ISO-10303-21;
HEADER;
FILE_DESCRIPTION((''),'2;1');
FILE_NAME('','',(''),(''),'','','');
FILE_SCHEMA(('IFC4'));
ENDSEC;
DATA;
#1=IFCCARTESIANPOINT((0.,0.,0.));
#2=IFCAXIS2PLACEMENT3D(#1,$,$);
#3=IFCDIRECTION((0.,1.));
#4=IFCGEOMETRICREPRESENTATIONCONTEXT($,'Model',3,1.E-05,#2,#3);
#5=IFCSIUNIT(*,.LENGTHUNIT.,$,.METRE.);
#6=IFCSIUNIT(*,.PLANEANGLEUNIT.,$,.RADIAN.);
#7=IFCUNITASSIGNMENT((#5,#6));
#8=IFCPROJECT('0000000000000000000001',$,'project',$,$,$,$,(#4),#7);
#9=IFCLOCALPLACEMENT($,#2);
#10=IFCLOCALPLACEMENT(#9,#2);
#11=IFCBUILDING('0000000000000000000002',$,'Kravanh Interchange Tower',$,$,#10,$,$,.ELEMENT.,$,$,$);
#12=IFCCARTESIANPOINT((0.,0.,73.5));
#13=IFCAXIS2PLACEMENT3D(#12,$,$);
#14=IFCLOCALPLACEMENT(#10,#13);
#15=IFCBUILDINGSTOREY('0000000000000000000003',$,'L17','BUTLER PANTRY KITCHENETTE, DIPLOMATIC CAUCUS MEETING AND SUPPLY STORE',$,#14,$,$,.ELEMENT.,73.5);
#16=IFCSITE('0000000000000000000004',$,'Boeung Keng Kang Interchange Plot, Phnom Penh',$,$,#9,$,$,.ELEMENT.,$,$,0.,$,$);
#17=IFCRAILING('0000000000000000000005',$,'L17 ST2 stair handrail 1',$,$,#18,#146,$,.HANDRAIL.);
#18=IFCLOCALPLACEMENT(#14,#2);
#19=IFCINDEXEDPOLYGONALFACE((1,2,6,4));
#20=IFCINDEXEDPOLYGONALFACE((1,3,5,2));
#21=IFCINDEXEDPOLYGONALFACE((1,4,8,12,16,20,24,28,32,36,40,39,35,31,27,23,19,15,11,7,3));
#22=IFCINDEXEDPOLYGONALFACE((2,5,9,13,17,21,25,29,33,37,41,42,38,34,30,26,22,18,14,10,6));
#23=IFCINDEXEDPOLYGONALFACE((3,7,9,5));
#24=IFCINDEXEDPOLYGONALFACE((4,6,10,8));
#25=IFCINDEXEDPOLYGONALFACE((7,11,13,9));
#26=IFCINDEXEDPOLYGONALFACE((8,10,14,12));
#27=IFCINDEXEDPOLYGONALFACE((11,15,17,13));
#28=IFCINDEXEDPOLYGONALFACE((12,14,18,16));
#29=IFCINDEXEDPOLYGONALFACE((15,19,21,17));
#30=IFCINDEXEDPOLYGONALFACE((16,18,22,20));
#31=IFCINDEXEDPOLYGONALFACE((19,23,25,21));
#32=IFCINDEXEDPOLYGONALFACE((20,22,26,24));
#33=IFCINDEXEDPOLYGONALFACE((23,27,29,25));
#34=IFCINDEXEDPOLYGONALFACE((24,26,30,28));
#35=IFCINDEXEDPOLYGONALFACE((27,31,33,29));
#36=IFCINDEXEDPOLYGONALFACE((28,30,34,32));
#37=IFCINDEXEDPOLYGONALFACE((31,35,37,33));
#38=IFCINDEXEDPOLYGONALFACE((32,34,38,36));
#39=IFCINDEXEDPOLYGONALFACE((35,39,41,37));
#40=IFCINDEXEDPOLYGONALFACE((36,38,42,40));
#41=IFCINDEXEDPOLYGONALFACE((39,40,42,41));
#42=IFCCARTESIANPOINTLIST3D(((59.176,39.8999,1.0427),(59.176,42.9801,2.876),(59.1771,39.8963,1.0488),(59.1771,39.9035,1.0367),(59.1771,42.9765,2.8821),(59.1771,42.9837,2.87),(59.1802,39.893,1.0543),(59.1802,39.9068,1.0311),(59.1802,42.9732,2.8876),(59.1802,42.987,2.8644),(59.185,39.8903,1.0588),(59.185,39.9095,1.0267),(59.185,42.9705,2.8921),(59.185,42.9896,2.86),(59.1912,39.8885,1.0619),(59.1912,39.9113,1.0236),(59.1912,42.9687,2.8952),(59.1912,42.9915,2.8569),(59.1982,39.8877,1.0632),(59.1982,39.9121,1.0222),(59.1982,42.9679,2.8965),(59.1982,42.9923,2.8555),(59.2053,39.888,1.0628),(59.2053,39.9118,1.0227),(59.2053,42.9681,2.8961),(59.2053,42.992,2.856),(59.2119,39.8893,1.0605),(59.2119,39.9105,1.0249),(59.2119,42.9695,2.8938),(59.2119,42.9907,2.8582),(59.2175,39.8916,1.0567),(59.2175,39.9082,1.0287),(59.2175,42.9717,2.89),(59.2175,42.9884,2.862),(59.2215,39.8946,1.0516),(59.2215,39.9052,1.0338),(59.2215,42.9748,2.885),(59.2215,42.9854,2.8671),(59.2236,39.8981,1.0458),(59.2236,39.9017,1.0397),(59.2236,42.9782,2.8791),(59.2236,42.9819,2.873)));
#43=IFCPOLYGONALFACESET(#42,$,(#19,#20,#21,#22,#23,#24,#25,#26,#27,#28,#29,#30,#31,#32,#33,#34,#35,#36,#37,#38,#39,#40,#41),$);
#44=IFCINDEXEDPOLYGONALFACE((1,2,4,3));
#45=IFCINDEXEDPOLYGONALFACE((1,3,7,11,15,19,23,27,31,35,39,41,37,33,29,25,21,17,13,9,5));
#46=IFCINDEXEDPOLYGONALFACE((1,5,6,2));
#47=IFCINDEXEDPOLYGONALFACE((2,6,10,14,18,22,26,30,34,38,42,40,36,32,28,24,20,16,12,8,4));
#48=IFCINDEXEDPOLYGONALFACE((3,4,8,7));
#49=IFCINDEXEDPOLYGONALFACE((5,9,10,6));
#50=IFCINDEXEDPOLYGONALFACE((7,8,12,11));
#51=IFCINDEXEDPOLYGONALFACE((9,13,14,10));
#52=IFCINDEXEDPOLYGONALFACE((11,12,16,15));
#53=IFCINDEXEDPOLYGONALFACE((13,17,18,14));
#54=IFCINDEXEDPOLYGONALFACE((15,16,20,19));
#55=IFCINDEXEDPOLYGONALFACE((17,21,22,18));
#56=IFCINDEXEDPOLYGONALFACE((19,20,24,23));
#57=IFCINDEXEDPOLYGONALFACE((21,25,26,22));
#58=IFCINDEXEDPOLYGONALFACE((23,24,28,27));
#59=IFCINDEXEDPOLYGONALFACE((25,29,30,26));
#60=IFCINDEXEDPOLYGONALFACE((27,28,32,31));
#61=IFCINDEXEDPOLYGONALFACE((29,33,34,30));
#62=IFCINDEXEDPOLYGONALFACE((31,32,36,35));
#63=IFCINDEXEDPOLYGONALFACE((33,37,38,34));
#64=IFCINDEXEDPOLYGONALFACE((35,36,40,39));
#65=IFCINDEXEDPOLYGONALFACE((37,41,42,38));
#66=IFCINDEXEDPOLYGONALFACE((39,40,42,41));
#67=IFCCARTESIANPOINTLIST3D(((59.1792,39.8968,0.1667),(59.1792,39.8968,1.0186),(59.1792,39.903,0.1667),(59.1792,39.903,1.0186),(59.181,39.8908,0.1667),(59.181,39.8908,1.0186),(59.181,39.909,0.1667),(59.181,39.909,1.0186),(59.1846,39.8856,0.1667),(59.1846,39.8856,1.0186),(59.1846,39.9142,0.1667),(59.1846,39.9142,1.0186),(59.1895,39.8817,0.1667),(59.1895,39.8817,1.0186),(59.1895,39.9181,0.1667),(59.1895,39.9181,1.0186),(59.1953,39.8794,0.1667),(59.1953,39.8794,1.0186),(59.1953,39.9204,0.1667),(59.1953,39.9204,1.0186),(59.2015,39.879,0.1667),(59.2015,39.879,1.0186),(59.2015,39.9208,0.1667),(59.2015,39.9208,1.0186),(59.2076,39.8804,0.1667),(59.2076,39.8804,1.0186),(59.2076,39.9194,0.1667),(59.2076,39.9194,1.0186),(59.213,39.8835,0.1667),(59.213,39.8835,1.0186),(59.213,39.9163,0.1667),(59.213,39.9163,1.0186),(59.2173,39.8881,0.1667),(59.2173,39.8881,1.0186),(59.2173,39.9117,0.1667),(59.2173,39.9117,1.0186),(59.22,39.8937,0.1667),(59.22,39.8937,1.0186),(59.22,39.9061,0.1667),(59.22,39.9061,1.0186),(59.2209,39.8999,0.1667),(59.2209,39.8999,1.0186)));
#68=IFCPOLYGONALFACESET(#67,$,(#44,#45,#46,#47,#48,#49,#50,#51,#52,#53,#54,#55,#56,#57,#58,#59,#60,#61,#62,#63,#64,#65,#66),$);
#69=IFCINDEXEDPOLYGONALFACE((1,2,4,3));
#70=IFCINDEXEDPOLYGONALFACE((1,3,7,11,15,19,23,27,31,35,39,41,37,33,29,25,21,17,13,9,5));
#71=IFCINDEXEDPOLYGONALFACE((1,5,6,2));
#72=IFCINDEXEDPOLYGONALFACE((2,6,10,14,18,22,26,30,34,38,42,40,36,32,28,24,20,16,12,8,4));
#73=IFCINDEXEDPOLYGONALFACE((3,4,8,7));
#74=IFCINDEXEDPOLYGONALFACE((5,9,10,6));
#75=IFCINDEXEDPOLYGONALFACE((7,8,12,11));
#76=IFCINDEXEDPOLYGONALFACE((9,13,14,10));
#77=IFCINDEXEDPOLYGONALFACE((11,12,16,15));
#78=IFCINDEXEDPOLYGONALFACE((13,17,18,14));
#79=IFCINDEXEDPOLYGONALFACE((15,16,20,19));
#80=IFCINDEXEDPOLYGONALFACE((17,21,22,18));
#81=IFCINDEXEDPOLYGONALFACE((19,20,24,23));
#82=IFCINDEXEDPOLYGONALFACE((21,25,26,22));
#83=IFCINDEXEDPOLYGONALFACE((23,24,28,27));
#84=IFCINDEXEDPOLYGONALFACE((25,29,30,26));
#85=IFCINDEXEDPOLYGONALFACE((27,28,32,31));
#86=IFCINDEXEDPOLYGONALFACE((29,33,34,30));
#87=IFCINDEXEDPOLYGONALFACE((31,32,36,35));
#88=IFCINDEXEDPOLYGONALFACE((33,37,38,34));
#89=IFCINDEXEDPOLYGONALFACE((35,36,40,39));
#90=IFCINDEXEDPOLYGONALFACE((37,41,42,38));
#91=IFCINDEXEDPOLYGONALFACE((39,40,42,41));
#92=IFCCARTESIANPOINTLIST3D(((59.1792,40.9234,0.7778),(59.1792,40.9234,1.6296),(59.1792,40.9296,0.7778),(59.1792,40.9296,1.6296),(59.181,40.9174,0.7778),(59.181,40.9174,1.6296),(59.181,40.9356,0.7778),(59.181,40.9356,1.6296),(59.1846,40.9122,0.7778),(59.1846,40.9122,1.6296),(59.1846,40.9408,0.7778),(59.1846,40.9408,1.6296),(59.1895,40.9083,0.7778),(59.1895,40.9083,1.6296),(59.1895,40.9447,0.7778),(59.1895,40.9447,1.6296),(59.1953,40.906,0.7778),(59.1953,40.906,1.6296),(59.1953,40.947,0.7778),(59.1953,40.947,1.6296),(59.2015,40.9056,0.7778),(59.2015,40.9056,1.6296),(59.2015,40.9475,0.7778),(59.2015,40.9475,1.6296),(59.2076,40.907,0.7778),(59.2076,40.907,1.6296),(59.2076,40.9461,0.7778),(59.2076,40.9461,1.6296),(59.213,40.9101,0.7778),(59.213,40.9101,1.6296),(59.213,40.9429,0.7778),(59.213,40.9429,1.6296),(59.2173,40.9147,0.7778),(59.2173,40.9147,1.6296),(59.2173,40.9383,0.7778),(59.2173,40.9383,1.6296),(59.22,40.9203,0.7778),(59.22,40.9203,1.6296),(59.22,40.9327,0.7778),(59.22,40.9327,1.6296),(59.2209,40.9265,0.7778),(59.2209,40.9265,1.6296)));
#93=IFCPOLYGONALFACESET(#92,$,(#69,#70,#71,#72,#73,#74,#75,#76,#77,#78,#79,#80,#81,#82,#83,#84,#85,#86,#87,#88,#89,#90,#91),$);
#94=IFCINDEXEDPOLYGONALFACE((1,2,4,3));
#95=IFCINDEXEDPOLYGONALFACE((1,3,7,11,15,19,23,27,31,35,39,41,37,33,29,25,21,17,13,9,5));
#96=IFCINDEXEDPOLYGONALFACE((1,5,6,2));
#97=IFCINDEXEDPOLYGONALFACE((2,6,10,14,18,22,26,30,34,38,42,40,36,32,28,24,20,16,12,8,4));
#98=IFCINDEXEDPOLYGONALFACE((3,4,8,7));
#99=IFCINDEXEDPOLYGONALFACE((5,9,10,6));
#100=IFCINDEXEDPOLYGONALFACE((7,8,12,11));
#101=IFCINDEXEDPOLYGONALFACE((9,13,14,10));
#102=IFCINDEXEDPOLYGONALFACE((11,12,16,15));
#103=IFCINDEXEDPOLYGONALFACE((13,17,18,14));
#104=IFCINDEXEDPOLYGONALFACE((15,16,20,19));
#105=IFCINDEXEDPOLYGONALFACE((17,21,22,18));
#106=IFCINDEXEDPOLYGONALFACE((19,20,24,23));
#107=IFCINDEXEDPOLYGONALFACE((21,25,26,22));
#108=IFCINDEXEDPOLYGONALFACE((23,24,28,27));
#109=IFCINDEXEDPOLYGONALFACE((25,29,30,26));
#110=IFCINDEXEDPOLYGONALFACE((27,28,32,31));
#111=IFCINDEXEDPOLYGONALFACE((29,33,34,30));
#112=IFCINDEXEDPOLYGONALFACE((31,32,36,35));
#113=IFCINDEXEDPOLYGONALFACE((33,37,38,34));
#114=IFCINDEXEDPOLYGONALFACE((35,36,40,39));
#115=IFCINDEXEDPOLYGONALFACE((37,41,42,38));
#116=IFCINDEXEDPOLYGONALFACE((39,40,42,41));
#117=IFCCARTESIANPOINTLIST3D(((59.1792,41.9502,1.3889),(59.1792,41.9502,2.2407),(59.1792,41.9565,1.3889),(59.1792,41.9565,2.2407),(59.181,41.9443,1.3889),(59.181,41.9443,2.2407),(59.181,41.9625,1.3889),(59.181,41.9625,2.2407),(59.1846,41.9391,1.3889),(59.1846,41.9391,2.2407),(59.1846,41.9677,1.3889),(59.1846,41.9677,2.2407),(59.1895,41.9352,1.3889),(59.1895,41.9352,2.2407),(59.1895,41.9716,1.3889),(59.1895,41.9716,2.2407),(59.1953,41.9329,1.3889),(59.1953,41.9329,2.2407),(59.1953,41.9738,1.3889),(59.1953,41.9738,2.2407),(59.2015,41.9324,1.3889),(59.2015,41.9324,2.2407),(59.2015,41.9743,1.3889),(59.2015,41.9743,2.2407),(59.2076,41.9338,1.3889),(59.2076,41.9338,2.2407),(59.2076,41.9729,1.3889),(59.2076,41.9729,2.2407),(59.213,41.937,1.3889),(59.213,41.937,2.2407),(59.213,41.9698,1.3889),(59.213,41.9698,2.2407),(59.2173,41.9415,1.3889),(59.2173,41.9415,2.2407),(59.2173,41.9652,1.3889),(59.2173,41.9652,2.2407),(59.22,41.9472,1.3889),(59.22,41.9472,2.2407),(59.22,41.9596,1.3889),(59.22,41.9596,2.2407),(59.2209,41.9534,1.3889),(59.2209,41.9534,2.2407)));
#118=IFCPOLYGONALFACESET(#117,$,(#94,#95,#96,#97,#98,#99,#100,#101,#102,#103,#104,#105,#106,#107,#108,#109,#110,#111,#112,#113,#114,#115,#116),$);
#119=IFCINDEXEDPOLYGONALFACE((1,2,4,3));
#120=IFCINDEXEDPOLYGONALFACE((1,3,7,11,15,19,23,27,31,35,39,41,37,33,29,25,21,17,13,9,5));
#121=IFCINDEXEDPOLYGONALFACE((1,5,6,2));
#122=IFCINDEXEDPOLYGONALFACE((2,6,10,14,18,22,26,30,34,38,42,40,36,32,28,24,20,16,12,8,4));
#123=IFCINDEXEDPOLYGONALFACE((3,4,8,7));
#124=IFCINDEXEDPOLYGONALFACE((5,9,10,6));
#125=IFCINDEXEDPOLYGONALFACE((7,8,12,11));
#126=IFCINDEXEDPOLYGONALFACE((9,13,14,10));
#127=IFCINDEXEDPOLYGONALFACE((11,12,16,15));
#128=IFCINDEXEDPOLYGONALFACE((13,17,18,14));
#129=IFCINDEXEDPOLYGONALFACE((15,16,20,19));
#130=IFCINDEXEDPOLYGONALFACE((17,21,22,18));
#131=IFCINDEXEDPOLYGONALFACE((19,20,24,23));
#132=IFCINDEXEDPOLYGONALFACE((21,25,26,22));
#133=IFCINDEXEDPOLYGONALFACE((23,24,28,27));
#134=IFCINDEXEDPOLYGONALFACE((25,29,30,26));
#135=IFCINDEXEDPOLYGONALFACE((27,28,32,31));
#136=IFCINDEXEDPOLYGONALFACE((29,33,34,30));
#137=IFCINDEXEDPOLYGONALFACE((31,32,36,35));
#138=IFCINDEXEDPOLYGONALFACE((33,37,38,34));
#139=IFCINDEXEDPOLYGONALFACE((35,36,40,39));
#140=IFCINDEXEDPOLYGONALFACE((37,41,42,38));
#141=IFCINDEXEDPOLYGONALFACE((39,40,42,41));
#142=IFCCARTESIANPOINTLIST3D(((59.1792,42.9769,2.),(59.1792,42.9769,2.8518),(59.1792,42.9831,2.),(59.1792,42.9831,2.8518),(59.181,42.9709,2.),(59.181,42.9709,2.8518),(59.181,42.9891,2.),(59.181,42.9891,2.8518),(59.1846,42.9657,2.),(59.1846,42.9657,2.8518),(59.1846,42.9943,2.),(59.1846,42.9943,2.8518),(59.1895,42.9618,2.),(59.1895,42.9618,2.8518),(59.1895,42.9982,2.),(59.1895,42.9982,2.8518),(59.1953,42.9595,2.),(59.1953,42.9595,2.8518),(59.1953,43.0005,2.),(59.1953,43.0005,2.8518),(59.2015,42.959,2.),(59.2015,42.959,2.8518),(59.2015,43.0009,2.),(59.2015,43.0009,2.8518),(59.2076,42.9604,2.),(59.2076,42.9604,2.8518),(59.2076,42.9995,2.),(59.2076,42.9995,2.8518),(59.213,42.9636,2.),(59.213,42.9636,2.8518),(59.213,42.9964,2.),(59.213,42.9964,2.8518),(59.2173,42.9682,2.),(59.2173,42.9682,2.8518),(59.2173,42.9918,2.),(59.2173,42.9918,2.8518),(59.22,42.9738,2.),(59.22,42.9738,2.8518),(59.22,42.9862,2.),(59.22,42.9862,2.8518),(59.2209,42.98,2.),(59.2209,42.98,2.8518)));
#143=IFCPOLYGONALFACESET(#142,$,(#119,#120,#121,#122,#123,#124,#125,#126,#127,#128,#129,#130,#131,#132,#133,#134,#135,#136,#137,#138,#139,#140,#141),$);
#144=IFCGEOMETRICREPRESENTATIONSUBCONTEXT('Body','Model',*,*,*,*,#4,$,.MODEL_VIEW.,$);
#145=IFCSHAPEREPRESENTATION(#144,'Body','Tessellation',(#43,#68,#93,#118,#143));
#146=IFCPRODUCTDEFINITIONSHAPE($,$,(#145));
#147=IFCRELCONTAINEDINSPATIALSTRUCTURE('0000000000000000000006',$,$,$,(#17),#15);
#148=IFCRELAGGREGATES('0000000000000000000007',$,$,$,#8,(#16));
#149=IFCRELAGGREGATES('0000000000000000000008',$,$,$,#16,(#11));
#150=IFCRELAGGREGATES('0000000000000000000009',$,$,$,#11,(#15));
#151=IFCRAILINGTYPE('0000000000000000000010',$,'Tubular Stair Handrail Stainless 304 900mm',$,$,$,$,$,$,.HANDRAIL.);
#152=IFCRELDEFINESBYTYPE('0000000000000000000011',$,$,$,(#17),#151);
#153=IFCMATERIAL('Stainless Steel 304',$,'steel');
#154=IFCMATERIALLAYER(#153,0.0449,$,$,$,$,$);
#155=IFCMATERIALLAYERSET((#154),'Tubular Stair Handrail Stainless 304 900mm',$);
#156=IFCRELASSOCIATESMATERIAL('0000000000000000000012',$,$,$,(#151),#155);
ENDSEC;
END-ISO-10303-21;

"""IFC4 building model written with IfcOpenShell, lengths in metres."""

from ifc_helpers import new_model, si_unit, direction, frame, origin, origin_2d, place, context, subcontext, project, spatial, circle, extrude, material, layer, layer_set, type_object, element, save


model = new_model("IFC4")

# Units and contexts
model_context = context("Model", 3, precision=1e-05, world=origin(), true_north=direction((0.0, 1.0)))
body_context = subcontext(model_context, "Body", "Model", "MODEL_VIEW")
ifc_project = project(units=[si_unit("LENGTHUNIT", "METRE"), si_unit("PLANEANGLEUNIT", "RADIAN")], contexts=[model_context])

# Site, building, storey
site_placement = place(None, origin())
site = spatial("IfcSite", under=ifc_project, at=site_placement, Name="Boeung Keng Kang Interchange Plot, Phnom Penh", CompositionType="ELEMENT", RefElevation=0.0)
building_placement = place(site_placement, origin())
building = spatial("IfcBuilding", under=site, at=building_placement, Name="Kravanh Interchange Tower", CompositionType="ELEMENT")
storey_placement = place(building_placement, frame((0.0, 0.0, 73.5)))
storey = spatial("IfcBuildingStorey", under=building, at=storey_placement, Name="L17", Description="BUTLER PANTRY KITCHENETTE, DIPLOMATIC CAUCUS MEETING AND SUPPLY STORE", CompositionType="ELEMENT", Elevation=73.5)

# Railing
ifc_material_1 = material(Name="Stainless Steel 304", Category="steel")
ifc_layer_1 = layer(ifc_material_1, 0.0449)
ifc_layer_set_1 = layer_set([ifc_layer_1], Name="Tubular Stair Handrail Stainless 304 900mm")
railing_type_1 = type_object("IfcRailingType", Name="Tubular Stair Handrail Stainless 304 900mm", PredefinedType="HANDRAIL", material=ifc_layer_set_1)
railing_1_placement = place(storey_placement, frame((59.2, 39.8999, 0.1667)))
element("IfcRailing", 1, at=railing_1_placement, inside=storey, type_object=railing_type_1, Name="L17 ST2 stair handrail 1", PredefinedType="HANDRAIL", context=body_context, shape_type="SweptSolid", body=[
    extrude(circle(Radius=0.0239, at=origin_2d()), frame((0.0, 0.0, 0.876), z_axis=(0.0, 0.859309, 0.511458), x_axis=(-1.0, 0.0, 0.0)), (0.0, 0.0, 1.0), 3.5845),
    extrude(circle(Radius=0.021, at=origin_2d()), origin(), (0.0, 0.0, 1.0), 0.8518),
    extrude(circle(Radius=0.021, at=origin_2d()), frame((0.0, 1.0266, 0.6111)), (0.0, 0.0, 1.0), 0.8518),
    extrude(circle(Radius=0.021, at=origin_2d()), frame((0.0, 2.0535, 1.2222)), (0.0, 0.0, 1.0), 0.8518),
    extrude(circle(Radius=0.021, at=origin_2d()), frame((0.0, 3.0801, 1.8333)), (0.0, 0.0, 1.0), 0.8518),
])

save(model, "model.ifc")
